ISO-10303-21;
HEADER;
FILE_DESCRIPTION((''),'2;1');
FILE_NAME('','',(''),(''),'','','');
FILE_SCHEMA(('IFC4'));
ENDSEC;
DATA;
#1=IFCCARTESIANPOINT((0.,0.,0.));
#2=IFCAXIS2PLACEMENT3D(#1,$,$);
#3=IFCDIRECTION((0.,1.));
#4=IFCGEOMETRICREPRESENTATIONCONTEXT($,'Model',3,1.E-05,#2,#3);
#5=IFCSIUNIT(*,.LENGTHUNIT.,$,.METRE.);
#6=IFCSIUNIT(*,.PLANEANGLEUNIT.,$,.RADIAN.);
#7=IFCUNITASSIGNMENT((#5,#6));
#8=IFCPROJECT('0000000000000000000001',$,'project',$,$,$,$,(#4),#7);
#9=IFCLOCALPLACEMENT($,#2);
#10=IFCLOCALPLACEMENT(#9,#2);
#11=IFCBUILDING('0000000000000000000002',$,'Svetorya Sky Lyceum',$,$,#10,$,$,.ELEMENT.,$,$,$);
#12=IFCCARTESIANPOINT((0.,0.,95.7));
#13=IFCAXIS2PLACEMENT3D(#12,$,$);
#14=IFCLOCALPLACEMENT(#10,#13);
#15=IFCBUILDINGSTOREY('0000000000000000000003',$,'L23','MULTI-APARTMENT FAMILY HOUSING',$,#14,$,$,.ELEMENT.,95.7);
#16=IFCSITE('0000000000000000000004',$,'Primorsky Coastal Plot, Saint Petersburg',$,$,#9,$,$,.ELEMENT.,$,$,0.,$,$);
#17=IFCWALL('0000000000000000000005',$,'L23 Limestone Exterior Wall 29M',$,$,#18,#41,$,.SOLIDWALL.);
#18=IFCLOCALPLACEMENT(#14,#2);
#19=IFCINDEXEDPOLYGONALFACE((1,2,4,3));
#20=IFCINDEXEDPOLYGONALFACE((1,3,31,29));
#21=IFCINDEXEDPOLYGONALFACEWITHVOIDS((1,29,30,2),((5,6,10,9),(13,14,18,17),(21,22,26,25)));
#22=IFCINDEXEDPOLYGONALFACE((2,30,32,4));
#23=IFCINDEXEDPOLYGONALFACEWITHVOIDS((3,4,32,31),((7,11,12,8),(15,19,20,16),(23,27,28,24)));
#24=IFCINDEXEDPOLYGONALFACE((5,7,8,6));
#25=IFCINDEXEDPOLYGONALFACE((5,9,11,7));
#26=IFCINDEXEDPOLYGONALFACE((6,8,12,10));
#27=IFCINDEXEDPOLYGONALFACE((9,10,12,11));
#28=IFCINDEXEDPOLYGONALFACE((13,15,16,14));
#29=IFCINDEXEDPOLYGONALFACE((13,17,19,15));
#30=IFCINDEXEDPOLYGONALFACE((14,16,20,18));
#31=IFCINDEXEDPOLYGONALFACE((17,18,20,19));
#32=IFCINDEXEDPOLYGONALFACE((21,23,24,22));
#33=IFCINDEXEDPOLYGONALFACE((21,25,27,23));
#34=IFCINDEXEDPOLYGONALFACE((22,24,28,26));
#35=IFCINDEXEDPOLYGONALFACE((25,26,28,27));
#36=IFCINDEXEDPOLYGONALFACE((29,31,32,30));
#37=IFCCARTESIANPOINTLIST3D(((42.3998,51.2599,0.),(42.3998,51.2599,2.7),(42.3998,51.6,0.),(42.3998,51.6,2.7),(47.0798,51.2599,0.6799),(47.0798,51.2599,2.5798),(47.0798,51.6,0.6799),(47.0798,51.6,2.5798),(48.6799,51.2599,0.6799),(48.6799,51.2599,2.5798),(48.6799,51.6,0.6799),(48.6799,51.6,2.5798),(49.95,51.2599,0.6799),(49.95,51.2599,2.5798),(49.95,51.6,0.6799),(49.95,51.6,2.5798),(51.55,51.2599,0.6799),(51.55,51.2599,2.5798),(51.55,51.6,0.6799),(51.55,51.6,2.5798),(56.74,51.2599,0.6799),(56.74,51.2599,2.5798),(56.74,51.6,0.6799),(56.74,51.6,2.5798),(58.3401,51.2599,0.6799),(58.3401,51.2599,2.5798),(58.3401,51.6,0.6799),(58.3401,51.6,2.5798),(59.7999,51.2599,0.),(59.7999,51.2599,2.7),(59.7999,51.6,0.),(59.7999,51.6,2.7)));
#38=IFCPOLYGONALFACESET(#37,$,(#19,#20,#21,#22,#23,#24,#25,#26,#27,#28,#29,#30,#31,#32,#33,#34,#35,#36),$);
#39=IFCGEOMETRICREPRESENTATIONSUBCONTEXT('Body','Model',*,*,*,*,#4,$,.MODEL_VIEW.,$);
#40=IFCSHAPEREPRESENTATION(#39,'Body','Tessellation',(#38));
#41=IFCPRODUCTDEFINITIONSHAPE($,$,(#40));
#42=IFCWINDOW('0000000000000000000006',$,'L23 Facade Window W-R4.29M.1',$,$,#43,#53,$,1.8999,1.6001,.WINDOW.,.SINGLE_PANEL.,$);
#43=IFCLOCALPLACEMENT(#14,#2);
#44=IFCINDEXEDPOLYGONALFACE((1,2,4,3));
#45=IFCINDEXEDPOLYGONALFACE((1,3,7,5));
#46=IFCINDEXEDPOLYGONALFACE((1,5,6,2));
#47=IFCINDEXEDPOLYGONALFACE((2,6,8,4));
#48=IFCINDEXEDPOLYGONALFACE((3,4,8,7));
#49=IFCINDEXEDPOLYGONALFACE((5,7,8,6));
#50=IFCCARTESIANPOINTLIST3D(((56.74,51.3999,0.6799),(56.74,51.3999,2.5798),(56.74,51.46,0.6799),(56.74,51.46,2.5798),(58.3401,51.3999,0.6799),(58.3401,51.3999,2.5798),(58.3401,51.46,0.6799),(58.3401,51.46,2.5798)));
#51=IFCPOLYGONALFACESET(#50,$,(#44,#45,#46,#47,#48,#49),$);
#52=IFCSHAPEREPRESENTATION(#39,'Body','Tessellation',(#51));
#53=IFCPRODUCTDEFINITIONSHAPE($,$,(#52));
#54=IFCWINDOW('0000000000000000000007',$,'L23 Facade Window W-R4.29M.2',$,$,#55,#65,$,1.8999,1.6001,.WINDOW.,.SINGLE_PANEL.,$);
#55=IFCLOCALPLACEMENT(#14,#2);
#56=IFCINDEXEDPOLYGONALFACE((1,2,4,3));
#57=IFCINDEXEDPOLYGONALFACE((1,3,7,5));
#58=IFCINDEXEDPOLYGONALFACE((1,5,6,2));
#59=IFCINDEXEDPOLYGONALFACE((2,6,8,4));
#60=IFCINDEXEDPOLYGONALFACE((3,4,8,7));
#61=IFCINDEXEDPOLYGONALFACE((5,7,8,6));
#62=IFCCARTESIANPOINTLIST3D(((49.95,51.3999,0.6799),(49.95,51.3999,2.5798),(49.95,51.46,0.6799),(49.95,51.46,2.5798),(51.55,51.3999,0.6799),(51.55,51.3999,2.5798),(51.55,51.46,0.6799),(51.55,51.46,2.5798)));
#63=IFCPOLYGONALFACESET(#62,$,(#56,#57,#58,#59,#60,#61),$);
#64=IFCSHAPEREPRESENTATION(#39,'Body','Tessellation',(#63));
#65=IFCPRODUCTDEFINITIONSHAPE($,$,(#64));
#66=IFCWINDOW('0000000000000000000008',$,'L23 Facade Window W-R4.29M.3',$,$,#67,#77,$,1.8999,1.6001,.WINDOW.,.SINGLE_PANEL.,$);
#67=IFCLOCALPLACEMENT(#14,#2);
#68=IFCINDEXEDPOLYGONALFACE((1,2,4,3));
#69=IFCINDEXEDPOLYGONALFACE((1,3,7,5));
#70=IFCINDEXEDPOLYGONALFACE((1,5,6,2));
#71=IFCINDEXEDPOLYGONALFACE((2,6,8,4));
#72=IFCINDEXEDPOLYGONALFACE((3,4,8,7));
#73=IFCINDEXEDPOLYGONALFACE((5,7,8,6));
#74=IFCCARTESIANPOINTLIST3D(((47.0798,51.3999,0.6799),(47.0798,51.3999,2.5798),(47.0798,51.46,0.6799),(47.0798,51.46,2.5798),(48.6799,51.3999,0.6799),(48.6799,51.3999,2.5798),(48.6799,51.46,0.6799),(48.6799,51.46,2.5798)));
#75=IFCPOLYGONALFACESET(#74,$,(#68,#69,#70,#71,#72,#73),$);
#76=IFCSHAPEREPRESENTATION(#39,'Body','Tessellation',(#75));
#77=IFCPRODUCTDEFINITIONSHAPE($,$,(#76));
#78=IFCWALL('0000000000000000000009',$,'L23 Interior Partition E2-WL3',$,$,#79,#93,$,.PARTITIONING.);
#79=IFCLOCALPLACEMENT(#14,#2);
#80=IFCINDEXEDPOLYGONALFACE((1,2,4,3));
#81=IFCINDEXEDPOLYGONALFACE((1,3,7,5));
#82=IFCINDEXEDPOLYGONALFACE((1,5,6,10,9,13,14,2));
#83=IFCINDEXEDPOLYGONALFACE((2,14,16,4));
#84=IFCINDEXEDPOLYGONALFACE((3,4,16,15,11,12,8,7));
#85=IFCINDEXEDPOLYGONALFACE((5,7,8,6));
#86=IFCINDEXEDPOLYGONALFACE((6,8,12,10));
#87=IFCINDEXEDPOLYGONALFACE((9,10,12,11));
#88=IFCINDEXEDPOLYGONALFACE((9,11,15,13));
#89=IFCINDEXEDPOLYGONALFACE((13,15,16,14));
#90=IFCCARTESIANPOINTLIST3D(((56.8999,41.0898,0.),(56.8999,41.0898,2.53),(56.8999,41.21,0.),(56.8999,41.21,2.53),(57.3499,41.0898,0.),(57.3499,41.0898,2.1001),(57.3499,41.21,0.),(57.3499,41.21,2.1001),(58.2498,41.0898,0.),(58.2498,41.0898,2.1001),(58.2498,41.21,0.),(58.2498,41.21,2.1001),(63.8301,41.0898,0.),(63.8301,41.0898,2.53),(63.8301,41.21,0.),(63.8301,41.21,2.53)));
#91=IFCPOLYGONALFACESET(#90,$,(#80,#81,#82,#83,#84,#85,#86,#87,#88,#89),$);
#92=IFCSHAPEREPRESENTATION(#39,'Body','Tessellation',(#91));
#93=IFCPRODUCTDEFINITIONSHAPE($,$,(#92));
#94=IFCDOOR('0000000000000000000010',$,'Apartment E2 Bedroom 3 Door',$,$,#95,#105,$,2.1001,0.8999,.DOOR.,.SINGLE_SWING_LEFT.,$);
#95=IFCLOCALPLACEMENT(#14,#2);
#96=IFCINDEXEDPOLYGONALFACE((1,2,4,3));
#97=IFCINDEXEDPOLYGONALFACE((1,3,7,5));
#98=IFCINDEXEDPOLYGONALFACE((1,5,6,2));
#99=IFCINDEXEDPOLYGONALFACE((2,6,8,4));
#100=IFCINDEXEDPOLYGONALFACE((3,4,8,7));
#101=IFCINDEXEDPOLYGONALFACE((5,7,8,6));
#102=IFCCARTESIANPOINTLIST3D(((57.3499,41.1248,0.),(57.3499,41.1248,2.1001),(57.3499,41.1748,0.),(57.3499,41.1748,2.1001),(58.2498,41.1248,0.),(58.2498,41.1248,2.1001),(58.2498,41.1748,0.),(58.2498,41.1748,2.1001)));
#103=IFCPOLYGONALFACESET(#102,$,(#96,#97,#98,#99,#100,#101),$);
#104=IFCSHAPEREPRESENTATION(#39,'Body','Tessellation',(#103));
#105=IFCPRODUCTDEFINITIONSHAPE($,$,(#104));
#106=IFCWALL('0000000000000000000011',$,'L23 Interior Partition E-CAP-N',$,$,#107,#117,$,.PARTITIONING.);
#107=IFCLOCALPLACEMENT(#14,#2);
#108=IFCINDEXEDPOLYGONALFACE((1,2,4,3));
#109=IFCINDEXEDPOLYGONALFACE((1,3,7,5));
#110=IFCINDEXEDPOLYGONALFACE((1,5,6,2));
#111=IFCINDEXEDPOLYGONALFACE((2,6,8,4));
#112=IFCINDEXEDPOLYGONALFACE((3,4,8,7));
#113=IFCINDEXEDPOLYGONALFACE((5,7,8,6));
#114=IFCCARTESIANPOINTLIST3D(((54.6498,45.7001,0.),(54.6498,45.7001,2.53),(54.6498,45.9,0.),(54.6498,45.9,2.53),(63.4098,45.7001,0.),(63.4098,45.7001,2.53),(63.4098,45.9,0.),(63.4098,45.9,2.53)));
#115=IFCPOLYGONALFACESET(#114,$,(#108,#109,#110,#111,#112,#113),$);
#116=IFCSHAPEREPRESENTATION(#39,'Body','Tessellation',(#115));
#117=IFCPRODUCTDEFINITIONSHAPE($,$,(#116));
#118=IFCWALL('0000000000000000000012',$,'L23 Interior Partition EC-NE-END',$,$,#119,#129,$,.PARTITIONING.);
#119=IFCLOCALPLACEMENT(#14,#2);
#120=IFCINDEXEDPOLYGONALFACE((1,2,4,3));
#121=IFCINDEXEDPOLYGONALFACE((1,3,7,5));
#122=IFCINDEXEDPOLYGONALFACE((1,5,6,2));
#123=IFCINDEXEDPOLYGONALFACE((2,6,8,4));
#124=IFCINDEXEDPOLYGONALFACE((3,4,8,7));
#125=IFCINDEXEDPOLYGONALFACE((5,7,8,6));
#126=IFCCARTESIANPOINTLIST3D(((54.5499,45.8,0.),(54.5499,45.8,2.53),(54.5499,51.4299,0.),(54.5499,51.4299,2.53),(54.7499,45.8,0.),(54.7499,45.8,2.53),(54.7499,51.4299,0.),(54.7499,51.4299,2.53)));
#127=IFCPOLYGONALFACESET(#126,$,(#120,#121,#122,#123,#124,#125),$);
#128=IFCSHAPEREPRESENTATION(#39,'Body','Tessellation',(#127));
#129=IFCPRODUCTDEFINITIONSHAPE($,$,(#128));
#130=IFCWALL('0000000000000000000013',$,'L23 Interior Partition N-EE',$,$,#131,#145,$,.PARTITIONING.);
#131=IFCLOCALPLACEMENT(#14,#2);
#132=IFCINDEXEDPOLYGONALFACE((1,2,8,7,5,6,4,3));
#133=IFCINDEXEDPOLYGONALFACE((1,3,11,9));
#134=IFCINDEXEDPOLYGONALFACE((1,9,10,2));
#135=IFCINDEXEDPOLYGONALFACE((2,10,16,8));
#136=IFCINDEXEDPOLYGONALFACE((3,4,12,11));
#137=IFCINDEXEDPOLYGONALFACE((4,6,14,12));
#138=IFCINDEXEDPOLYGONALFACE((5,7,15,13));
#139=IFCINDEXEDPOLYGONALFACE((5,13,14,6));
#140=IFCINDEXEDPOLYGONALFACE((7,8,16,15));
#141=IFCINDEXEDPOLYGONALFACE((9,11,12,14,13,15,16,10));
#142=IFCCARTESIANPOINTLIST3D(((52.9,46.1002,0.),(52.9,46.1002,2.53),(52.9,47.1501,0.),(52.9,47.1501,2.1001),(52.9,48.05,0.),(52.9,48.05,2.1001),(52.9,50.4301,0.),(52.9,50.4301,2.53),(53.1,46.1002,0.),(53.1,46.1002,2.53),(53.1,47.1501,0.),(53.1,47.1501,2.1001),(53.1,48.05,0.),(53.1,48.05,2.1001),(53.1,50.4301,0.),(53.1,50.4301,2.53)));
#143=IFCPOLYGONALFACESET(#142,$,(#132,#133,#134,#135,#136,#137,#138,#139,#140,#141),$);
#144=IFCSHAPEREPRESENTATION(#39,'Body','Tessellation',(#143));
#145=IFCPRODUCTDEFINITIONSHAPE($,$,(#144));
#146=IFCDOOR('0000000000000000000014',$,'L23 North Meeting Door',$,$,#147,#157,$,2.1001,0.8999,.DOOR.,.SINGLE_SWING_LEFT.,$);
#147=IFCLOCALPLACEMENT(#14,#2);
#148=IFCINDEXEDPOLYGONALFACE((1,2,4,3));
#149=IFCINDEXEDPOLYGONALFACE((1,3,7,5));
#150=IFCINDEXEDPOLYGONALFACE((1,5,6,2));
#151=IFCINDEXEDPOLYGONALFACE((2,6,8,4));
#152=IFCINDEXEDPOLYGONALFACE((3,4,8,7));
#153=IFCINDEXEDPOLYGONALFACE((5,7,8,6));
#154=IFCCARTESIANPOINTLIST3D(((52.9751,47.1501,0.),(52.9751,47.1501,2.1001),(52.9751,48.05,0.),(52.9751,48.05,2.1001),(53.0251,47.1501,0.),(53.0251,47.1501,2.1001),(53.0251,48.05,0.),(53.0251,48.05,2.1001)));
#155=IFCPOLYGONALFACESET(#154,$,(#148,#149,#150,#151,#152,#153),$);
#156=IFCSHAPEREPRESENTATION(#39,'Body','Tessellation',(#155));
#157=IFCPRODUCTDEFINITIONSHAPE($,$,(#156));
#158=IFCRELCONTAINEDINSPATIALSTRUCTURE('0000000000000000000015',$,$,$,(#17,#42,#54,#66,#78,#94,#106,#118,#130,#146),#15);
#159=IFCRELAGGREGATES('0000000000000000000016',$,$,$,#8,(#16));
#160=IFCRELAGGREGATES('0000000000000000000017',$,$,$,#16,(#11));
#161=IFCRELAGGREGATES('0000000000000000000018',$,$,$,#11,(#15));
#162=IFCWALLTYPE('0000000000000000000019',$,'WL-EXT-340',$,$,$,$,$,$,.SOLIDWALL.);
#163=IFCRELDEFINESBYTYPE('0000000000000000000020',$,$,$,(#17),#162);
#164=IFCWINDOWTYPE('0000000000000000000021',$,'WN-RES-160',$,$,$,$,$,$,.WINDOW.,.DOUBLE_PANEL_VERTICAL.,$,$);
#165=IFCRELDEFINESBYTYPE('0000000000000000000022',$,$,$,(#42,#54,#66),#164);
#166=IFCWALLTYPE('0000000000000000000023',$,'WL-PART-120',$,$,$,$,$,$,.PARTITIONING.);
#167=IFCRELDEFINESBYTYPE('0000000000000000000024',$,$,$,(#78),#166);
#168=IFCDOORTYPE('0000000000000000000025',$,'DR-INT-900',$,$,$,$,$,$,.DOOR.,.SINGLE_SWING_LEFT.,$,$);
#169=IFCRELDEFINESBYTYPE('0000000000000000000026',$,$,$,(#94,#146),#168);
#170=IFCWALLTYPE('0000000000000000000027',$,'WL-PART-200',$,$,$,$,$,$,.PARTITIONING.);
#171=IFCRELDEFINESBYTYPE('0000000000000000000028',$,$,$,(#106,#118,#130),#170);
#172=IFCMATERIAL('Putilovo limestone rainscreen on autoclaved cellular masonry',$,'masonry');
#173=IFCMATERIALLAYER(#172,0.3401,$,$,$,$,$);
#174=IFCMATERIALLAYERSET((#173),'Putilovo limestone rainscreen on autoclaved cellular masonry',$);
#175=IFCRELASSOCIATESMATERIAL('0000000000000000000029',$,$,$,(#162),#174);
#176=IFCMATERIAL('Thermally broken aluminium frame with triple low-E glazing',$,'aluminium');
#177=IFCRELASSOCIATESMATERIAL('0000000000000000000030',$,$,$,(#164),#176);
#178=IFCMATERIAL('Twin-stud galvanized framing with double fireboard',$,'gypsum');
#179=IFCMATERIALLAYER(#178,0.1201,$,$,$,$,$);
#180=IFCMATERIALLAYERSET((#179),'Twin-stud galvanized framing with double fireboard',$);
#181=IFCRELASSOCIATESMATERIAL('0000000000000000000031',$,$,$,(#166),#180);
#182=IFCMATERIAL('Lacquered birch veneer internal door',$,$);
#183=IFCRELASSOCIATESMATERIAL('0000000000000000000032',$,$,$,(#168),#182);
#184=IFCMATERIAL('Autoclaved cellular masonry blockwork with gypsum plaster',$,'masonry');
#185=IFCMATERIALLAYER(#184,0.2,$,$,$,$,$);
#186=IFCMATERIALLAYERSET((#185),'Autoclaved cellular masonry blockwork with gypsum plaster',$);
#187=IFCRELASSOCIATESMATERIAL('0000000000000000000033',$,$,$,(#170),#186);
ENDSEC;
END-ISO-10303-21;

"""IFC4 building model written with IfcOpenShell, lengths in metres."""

from ifc_helpers import new_model, si_unit, direction, frame, frame_2d, origin, place, context, subcontext, project, spatial, rectangle, extrude, material, layer, layer_set, type_object, element, fill, save


model = new_model("IFC4")

# Units and contexts
model_context = context("Model", 3, precision=1e-05, world=origin(), true_north=direction((0.0, 1.0)))
body_context = subcontext(model_context, "Body", "Model", "MODEL_VIEW")
ifc_project = project(units=[si_unit("LENGTHUNIT", "METRE"), si_unit("PLANEANGLEUNIT", "RADIAN")], contexts=[model_context])

# Site, building, storey
site_placement = place(None, origin())
site = spatial("IfcSite", under=ifc_project, at=site_placement, Name="Primorsky Coastal Plot, Saint Petersburg", CompositionType="ELEMENT", RefElevation=0.0)
building_placement = place(site_placement, origin())
building = spatial("IfcBuilding", under=site, at=building_placement, Name="Svetorya Sky Lyceum", CompositionType="ELEMENT")
storey_placement = place(building_placement, frame((0.0, 0.0, 95.7)))
storey = spatial("IfcBuildingStorey", under=building, at=storey_placement, Name="L23", Description="MULTI-APARTMENT FAMILY HOUSING", CompositionType="ELEMENT", Elevation=95.7)

# Shared definitions
ifc_material_1 = material(Name="Putilovo limestone rainscreen on autoclaved cellular masonry", Category="masonry")
ifc_layer_1 = layer(ifc_material_1, 0.3401)
ifc_layer_set_1 = layer_set([ifc_layer_1], Name="Putilovo limestone rainscreen on autoclaved cellular masonry")
wall_type_1 = type_object("IfcWallType", Name="WL-EXT-340", PredefinedType="SOLIDWALL", material=ifc_layer_set_1)

# Wall, openings, windows
wall_1_placement = place(storey_placement, frame((59.8, 51.4299, 0.0), z_axis=(0.0, 0.0, 1.0), x_axis=(-1.0, 0.0, 0.0)))
wall_1 = element("IfcWall", 1, at=wall_1_placement, inside=storey, type_object=wall_type_1, Name="L23 Limestone Exterior Wall 29M", PredefinedType="SOLIDWALL", context=body_context, shape_type="SweptSolid", body=[
    extrude(rectangle(XDim=17.4001, YDim=0.3401, at=frame_2d((8.7002, 0.0))), origin(), (0.0, 0.0, 1.0), 2.7),
])
opening_1_placement = place(wall_1_placement, frame((1.46, 0.0, 0.6799)))
opening_1 = element("IfcOpeningElement", 2, at=opening_1_placement, cuts=wall_1, PredefinedType="OPENING", context=body_context, shape_type="SweptSolid", body=[
    extrude(rectangle(XDim=1.6001, YDim=1.8999, at=frame_2d((0.8, 0.95))), frame((0.0, 0.1799, 0.0), z_axis=(0.0, -1.0, 0.0), x_axis=(1.0, 0.0, 0.0)), (0.0, 0.0, 1.0), 0.3601),
])
opening_2_placement = place(wall_1_placement, frame((8.25, 0.0, 0.6799)))
opening_2 = element("IfcOpeningElement", 3, at=opening_2_placement, cuts=wall_1, PredefinedType="OPENING", context=body_context, shape_type="SweptSolid", body=[
    extrude(rectangle(XDim=1.6001, YDim=1.8999, at=frame_2d((0.8, 0.95))), frame((0.0, 0.1799, 0.0), z_axis=(0.0, -1.0, 0.0), x_axis=(1.0, 0.0, 0.0)), (0.0, 0.0, 1.0), 0.3601),
])
opening_3_placement = place(wall_1_placement, frame((11.1201, 0.0, 0.6799)))
opening_3 = element("IfcOpeningElement", 4, at=opening_3_placement, cuts=wall_1, PredefinedType="OPENING", context=body_context, shape_type="SweptSolid", body=[
    extrude(rectangle(XDim=1.6001, YDim=1.8999, at=frame_2d((0.8, 0.95))), frame((0.0, 0.1799, 0.0), z_axis=(0.0, -1.0, 0.0), x_axis=(1.0, 0.0, 0.0)), (0.0, 0.0, 1.0), 0.3601),
])
ifc_material_2 = material(Name="Thermally broken aluminium frame with triple low-E glazing", Category="aluminium")
window_type = type_object("IfcWindowType", Name="WN-RES-160", PartitioningType="DOUBLE_PANEL_VERTICAL", PredefinedType="WINDOW", material=ifc_material_2)
window_1_placement = place(opening_1_placement, origin())
window_1 = element("IfcWindow", 5, at=window_1_placement, inside=storey, type_object=window_type, Name="L23 Facade Window W-R4.29M.1", OverallHeight=1.8999, OverallWidth=1.6001, PartitioningType="SINGLE_PANEL", PredefinedType="WINDOW", context=body_context, shape_type="SweptSolid", body=[
    extrude(rectangle(XDim=1.6001, YDim=1.8999, at=frame_2d((0.8, 0.95))), frame((0.0, 0.03, 0.0), z_axis=(0.0, -1.0, 0.0), x_axis=(1.0, 0.0, 0.0)), (0.0, 0.0, 1.0), 0.0601),
])
fill(opening_1, window_1)
window_2_placement = place(opening_2_placement, origin())
window_2 = element("IfcWindow", 6, at=window_2_placement, inside=storey, type_object=window_type, Name="L23 Facade Window W-R4.29M.2", OverallHeight=1.8999, OverallWidth=1.6001, PartitioningType="SINGLE_PANEL", PredefinedType="WINDOW", context=body_context, shape_type="SweptSolid", body=[
    extrude(rectangle(XDim=1.6001, YDim=1.8999, at=frame_2d((0.8, 0.95))), frame((0.0, 0.03, 0.0), z_axis=(0.0, -1.0, 0.0), x_axis=(1.0, 0.0, 0.0)), (0.0, 0.0, 1.0), 0.0601),
])
fill(opening_2, window_2)
window_3_placement = place(opening_3_placement, origin())
window_3 = element("IfcWindow", 7, at=window_3_placement, inside=storey, type_object=window_type, Name="L23 Facade Window W-R4.29M.3", OverallHeight=1.8999, OverallWidth=1.6001, PartitioningType="SINGLE_PANEL", PredefinedType="WINDOW", context=body_context, shape_type="SweptSolid", body=[
    extrude(rectangle(XDim=1.6001, YDim=1.8999, at=frame_2d((0.8, 0.95))), frame((0.0, 0.03, 0.0), z_axis=(0.0, -1.0, 0.0), x_axis=(1.0, 0.0, 0.0)), (0.0, 0.0, 1.0), 0.0601),
])
fill(opening_3, window_3)

# Wall, opening, door
ifc_material_3 = material(Name="Twin-stud galvanized framing with double fireboard", Category="gypsum")
ifc_layer_2 = layer(ifc_material_3, 0.1201)
ifc_layer_set_2 = layer_set([ifc_layer_2], Name="Twin-stud galvanized framing with double fireboard")
wall_type_2 = type_object("IfcWallType", Name="WL-PART-120", PredefinedType="PARTITIONING", material=ifc_layer_set_2)
wall_2_placement = place(storey_placement, frame((56.8999, 41.1499, 0.0), z_axis=(0.0, 0.0, 1.0), x_axis=(1.0, 0.0, 0.0)))
wall_2 = element("IfcWall", 8, at=wall_2_placement, inside=storey, type_object=wall_type_2, Name="L23 Interior Partition E2-WL3", PredefinedType="PARTITIONING", context=body_context, shape_type="SweptSolid", body=[
    extrude(rectangle(XDim=6.9302, YDim=0.1201, at=frame_2d((3.4651, 0.0))), origin(), (0.0, 0.0, 1.0), 2.53),
])
opening_4_placement = place(wall_2_placement, frame((0.45, 0.0, 0.0)))
opening_4 = element("IfcOpeningElement", 9, at=opening_4_placement, cuts=wall_2, PredefinedType="OPENING", context=body_context, shape_type="SweptSolid", body=[
    extrude(rectangle(XDim=0.8999, YDim=2.1001, at=frame_2d((0.45, 1.05))), frame((0.0, 0.0701, 0.0), z_axis=(0.0, -1.0, 0.0), x_axis=(1.0, 0.0, 0.0)), (0.0, 0.0, 1.0), 0.1401),
])
ifc_material_4 = material(Name="Lacquered birch veneer internal door")
door_type = type_object("IfcDoorType", Name="DR-INT-900", OperationType="SINGLE_SWING_LEFT", PredefinedType="DOOR", material=ifc_material_4)
door_1_placement = place(opening_4_placement, origin())
door_1 = element("IfcDoor", 10, at=door_1_placement, inside=storey, type_object=door_type, Name="Apartment E2 Bedroom 3 Door", OperationType="SINGLE_SWING_LEFT", OverallHeight=2.1001, OverallWidth=0.8999, PredefinedType="DOOR", context=body_context, shape_type="SweptSolid", body=[
    extrude(rectangle(XDim=0.8999, YDim=2.1001, at=frame_2d((0.45, 1.05))), frame((0.0, 0.0249, 0.0), z_axis=(0.0, -1.0, 0.0), x_axis=(1.0, 0.0, 0.0)), (0.0, 0.0, 1.0), 0.05),
])
fill(opening_4, door_1)

# Walls
ifc_material_5 = material(Name="Autoclaved cellular masonry blockwork with gypsum plaster", Category="masonry")
ifc_layer_3 = layer(ifc_material_5, 0.2)
ifc_layer_set_3 = layer_set([ifc_layer_3], Name="Autoclaved cellular masonry blockwork with gypsum plaster")
wall_type_3 = type_object("IfcWallType", Name="WL-PART-200", PredefinedType="PARTITIONING", material=ifc_layer_set_3)
wall_3_placement = place(storey_placement, frame((54.6499, 45.8, 0.0), z_axis=(0.0, 0.0, 1.0), x_axis=(1.0, 0.0, 0.0)))
element("IfcWall", 11, at=wall_3_placement, inside=storey, type_object=wall_type_3, Name="L23 Interior Partition E-CAP-N", PredefinedType="PARTITIONING", context=body_context, shape_type="SweptSolid", body=[
    extrude(rectangle(XDim=8.76, YDim=0.2, at=frame_2d((4.3799, 0.0))), origin(), (0.0, 0.0, 1.0), 2.53),
])
wall_4_placement = place(storey_placement, frame((54.6499, 45.8, 0.0), z_axis=(0.0, 0.0, 1.0), x_axis=(0.0, 1.0, 0.0)))
element("IfcWall", 12, at=wall_4_placement, inside=storey, type_object=wall_type_3, Name="L23 Interior Partition EC-NE-END", PredefinedType="PARTITIONING", context=body_context, shape_type="SweptSolid", body=[
    extrude(rectangle(XDim=5.6299, YDim=0.2, at=frame_2d((2.8149, 0.0))), origin(), (0.0, 0.0, 1.0), 2.53),
])

# Wall, opening, door
wall_5_placement = place(storey_placement, frame((53.0, 46.1001, 0.0), z_axis=(0.0, 0.0, 1.0), x_axis=(0.0, 1.0, 0.0)))
wall_5 = element("IfcWall", 13, at=wall_5_placement, inside=storey, type_object=wall_type_3, Name="L23 Interior Partition N-EE", PredefinedType="PARTITIONING", context=body_context, shape_type="SweptSolid", body=[
    extrude(rectangle(XDim=4.3298, YDim=0.2, at=frame_2d((2.165, 0.0))), origin(), (0.0, 0.0, 1.0), 2.53),
])
opening_5_placement = place(wall_5_placement, frame((1.05, 0.0, 0.0)))
opening_5 = element("IfcOpeningElement", 14, at=opening_5_placement, cuts=wall_5, PredefinedType="OPENING", context=body_context, shape_type="SweptSolid", body=[
    extrude(rectangle(XDim=0.8999, YDim=2.1001, at=frame_2d((0.45, 1.05))), frame((0.0, 0.1099, 0.0), z_axis=(0.0, -1.0, 0.0), x_axis=(1.0, 0.0, 0.0)), (0.0, 0.0, 1.0), 0.22),
])
door_2_placement = place(opening_5_placement, origin())
door_2 = element("IfcDoor", 15, at=door_2_placement, inside=storey, type_object=door_type, Name="L23 North Meeting Door", OperationType="SINGLE_SWING_LEFT", OverallHeight=2.1001, OverallWidth=0.8999, PredefinedType="DOOR", context=body_context, shape_type="SweptSolid", body=[
    extrude(rectangle(XDim=0.8999, YDim=2.1001, at=frame_2d((0.45, 1.05))), frame((0.0, 0.0249, 0.0), z_axis=(0.0, -1.0, 0.0), x_axis=(1.0, 0.0, 0.0)), (0.0, 0.0, 1.0), 0.05),
])
fill(opening_5, door_2)

save(model, "model.ifc")
